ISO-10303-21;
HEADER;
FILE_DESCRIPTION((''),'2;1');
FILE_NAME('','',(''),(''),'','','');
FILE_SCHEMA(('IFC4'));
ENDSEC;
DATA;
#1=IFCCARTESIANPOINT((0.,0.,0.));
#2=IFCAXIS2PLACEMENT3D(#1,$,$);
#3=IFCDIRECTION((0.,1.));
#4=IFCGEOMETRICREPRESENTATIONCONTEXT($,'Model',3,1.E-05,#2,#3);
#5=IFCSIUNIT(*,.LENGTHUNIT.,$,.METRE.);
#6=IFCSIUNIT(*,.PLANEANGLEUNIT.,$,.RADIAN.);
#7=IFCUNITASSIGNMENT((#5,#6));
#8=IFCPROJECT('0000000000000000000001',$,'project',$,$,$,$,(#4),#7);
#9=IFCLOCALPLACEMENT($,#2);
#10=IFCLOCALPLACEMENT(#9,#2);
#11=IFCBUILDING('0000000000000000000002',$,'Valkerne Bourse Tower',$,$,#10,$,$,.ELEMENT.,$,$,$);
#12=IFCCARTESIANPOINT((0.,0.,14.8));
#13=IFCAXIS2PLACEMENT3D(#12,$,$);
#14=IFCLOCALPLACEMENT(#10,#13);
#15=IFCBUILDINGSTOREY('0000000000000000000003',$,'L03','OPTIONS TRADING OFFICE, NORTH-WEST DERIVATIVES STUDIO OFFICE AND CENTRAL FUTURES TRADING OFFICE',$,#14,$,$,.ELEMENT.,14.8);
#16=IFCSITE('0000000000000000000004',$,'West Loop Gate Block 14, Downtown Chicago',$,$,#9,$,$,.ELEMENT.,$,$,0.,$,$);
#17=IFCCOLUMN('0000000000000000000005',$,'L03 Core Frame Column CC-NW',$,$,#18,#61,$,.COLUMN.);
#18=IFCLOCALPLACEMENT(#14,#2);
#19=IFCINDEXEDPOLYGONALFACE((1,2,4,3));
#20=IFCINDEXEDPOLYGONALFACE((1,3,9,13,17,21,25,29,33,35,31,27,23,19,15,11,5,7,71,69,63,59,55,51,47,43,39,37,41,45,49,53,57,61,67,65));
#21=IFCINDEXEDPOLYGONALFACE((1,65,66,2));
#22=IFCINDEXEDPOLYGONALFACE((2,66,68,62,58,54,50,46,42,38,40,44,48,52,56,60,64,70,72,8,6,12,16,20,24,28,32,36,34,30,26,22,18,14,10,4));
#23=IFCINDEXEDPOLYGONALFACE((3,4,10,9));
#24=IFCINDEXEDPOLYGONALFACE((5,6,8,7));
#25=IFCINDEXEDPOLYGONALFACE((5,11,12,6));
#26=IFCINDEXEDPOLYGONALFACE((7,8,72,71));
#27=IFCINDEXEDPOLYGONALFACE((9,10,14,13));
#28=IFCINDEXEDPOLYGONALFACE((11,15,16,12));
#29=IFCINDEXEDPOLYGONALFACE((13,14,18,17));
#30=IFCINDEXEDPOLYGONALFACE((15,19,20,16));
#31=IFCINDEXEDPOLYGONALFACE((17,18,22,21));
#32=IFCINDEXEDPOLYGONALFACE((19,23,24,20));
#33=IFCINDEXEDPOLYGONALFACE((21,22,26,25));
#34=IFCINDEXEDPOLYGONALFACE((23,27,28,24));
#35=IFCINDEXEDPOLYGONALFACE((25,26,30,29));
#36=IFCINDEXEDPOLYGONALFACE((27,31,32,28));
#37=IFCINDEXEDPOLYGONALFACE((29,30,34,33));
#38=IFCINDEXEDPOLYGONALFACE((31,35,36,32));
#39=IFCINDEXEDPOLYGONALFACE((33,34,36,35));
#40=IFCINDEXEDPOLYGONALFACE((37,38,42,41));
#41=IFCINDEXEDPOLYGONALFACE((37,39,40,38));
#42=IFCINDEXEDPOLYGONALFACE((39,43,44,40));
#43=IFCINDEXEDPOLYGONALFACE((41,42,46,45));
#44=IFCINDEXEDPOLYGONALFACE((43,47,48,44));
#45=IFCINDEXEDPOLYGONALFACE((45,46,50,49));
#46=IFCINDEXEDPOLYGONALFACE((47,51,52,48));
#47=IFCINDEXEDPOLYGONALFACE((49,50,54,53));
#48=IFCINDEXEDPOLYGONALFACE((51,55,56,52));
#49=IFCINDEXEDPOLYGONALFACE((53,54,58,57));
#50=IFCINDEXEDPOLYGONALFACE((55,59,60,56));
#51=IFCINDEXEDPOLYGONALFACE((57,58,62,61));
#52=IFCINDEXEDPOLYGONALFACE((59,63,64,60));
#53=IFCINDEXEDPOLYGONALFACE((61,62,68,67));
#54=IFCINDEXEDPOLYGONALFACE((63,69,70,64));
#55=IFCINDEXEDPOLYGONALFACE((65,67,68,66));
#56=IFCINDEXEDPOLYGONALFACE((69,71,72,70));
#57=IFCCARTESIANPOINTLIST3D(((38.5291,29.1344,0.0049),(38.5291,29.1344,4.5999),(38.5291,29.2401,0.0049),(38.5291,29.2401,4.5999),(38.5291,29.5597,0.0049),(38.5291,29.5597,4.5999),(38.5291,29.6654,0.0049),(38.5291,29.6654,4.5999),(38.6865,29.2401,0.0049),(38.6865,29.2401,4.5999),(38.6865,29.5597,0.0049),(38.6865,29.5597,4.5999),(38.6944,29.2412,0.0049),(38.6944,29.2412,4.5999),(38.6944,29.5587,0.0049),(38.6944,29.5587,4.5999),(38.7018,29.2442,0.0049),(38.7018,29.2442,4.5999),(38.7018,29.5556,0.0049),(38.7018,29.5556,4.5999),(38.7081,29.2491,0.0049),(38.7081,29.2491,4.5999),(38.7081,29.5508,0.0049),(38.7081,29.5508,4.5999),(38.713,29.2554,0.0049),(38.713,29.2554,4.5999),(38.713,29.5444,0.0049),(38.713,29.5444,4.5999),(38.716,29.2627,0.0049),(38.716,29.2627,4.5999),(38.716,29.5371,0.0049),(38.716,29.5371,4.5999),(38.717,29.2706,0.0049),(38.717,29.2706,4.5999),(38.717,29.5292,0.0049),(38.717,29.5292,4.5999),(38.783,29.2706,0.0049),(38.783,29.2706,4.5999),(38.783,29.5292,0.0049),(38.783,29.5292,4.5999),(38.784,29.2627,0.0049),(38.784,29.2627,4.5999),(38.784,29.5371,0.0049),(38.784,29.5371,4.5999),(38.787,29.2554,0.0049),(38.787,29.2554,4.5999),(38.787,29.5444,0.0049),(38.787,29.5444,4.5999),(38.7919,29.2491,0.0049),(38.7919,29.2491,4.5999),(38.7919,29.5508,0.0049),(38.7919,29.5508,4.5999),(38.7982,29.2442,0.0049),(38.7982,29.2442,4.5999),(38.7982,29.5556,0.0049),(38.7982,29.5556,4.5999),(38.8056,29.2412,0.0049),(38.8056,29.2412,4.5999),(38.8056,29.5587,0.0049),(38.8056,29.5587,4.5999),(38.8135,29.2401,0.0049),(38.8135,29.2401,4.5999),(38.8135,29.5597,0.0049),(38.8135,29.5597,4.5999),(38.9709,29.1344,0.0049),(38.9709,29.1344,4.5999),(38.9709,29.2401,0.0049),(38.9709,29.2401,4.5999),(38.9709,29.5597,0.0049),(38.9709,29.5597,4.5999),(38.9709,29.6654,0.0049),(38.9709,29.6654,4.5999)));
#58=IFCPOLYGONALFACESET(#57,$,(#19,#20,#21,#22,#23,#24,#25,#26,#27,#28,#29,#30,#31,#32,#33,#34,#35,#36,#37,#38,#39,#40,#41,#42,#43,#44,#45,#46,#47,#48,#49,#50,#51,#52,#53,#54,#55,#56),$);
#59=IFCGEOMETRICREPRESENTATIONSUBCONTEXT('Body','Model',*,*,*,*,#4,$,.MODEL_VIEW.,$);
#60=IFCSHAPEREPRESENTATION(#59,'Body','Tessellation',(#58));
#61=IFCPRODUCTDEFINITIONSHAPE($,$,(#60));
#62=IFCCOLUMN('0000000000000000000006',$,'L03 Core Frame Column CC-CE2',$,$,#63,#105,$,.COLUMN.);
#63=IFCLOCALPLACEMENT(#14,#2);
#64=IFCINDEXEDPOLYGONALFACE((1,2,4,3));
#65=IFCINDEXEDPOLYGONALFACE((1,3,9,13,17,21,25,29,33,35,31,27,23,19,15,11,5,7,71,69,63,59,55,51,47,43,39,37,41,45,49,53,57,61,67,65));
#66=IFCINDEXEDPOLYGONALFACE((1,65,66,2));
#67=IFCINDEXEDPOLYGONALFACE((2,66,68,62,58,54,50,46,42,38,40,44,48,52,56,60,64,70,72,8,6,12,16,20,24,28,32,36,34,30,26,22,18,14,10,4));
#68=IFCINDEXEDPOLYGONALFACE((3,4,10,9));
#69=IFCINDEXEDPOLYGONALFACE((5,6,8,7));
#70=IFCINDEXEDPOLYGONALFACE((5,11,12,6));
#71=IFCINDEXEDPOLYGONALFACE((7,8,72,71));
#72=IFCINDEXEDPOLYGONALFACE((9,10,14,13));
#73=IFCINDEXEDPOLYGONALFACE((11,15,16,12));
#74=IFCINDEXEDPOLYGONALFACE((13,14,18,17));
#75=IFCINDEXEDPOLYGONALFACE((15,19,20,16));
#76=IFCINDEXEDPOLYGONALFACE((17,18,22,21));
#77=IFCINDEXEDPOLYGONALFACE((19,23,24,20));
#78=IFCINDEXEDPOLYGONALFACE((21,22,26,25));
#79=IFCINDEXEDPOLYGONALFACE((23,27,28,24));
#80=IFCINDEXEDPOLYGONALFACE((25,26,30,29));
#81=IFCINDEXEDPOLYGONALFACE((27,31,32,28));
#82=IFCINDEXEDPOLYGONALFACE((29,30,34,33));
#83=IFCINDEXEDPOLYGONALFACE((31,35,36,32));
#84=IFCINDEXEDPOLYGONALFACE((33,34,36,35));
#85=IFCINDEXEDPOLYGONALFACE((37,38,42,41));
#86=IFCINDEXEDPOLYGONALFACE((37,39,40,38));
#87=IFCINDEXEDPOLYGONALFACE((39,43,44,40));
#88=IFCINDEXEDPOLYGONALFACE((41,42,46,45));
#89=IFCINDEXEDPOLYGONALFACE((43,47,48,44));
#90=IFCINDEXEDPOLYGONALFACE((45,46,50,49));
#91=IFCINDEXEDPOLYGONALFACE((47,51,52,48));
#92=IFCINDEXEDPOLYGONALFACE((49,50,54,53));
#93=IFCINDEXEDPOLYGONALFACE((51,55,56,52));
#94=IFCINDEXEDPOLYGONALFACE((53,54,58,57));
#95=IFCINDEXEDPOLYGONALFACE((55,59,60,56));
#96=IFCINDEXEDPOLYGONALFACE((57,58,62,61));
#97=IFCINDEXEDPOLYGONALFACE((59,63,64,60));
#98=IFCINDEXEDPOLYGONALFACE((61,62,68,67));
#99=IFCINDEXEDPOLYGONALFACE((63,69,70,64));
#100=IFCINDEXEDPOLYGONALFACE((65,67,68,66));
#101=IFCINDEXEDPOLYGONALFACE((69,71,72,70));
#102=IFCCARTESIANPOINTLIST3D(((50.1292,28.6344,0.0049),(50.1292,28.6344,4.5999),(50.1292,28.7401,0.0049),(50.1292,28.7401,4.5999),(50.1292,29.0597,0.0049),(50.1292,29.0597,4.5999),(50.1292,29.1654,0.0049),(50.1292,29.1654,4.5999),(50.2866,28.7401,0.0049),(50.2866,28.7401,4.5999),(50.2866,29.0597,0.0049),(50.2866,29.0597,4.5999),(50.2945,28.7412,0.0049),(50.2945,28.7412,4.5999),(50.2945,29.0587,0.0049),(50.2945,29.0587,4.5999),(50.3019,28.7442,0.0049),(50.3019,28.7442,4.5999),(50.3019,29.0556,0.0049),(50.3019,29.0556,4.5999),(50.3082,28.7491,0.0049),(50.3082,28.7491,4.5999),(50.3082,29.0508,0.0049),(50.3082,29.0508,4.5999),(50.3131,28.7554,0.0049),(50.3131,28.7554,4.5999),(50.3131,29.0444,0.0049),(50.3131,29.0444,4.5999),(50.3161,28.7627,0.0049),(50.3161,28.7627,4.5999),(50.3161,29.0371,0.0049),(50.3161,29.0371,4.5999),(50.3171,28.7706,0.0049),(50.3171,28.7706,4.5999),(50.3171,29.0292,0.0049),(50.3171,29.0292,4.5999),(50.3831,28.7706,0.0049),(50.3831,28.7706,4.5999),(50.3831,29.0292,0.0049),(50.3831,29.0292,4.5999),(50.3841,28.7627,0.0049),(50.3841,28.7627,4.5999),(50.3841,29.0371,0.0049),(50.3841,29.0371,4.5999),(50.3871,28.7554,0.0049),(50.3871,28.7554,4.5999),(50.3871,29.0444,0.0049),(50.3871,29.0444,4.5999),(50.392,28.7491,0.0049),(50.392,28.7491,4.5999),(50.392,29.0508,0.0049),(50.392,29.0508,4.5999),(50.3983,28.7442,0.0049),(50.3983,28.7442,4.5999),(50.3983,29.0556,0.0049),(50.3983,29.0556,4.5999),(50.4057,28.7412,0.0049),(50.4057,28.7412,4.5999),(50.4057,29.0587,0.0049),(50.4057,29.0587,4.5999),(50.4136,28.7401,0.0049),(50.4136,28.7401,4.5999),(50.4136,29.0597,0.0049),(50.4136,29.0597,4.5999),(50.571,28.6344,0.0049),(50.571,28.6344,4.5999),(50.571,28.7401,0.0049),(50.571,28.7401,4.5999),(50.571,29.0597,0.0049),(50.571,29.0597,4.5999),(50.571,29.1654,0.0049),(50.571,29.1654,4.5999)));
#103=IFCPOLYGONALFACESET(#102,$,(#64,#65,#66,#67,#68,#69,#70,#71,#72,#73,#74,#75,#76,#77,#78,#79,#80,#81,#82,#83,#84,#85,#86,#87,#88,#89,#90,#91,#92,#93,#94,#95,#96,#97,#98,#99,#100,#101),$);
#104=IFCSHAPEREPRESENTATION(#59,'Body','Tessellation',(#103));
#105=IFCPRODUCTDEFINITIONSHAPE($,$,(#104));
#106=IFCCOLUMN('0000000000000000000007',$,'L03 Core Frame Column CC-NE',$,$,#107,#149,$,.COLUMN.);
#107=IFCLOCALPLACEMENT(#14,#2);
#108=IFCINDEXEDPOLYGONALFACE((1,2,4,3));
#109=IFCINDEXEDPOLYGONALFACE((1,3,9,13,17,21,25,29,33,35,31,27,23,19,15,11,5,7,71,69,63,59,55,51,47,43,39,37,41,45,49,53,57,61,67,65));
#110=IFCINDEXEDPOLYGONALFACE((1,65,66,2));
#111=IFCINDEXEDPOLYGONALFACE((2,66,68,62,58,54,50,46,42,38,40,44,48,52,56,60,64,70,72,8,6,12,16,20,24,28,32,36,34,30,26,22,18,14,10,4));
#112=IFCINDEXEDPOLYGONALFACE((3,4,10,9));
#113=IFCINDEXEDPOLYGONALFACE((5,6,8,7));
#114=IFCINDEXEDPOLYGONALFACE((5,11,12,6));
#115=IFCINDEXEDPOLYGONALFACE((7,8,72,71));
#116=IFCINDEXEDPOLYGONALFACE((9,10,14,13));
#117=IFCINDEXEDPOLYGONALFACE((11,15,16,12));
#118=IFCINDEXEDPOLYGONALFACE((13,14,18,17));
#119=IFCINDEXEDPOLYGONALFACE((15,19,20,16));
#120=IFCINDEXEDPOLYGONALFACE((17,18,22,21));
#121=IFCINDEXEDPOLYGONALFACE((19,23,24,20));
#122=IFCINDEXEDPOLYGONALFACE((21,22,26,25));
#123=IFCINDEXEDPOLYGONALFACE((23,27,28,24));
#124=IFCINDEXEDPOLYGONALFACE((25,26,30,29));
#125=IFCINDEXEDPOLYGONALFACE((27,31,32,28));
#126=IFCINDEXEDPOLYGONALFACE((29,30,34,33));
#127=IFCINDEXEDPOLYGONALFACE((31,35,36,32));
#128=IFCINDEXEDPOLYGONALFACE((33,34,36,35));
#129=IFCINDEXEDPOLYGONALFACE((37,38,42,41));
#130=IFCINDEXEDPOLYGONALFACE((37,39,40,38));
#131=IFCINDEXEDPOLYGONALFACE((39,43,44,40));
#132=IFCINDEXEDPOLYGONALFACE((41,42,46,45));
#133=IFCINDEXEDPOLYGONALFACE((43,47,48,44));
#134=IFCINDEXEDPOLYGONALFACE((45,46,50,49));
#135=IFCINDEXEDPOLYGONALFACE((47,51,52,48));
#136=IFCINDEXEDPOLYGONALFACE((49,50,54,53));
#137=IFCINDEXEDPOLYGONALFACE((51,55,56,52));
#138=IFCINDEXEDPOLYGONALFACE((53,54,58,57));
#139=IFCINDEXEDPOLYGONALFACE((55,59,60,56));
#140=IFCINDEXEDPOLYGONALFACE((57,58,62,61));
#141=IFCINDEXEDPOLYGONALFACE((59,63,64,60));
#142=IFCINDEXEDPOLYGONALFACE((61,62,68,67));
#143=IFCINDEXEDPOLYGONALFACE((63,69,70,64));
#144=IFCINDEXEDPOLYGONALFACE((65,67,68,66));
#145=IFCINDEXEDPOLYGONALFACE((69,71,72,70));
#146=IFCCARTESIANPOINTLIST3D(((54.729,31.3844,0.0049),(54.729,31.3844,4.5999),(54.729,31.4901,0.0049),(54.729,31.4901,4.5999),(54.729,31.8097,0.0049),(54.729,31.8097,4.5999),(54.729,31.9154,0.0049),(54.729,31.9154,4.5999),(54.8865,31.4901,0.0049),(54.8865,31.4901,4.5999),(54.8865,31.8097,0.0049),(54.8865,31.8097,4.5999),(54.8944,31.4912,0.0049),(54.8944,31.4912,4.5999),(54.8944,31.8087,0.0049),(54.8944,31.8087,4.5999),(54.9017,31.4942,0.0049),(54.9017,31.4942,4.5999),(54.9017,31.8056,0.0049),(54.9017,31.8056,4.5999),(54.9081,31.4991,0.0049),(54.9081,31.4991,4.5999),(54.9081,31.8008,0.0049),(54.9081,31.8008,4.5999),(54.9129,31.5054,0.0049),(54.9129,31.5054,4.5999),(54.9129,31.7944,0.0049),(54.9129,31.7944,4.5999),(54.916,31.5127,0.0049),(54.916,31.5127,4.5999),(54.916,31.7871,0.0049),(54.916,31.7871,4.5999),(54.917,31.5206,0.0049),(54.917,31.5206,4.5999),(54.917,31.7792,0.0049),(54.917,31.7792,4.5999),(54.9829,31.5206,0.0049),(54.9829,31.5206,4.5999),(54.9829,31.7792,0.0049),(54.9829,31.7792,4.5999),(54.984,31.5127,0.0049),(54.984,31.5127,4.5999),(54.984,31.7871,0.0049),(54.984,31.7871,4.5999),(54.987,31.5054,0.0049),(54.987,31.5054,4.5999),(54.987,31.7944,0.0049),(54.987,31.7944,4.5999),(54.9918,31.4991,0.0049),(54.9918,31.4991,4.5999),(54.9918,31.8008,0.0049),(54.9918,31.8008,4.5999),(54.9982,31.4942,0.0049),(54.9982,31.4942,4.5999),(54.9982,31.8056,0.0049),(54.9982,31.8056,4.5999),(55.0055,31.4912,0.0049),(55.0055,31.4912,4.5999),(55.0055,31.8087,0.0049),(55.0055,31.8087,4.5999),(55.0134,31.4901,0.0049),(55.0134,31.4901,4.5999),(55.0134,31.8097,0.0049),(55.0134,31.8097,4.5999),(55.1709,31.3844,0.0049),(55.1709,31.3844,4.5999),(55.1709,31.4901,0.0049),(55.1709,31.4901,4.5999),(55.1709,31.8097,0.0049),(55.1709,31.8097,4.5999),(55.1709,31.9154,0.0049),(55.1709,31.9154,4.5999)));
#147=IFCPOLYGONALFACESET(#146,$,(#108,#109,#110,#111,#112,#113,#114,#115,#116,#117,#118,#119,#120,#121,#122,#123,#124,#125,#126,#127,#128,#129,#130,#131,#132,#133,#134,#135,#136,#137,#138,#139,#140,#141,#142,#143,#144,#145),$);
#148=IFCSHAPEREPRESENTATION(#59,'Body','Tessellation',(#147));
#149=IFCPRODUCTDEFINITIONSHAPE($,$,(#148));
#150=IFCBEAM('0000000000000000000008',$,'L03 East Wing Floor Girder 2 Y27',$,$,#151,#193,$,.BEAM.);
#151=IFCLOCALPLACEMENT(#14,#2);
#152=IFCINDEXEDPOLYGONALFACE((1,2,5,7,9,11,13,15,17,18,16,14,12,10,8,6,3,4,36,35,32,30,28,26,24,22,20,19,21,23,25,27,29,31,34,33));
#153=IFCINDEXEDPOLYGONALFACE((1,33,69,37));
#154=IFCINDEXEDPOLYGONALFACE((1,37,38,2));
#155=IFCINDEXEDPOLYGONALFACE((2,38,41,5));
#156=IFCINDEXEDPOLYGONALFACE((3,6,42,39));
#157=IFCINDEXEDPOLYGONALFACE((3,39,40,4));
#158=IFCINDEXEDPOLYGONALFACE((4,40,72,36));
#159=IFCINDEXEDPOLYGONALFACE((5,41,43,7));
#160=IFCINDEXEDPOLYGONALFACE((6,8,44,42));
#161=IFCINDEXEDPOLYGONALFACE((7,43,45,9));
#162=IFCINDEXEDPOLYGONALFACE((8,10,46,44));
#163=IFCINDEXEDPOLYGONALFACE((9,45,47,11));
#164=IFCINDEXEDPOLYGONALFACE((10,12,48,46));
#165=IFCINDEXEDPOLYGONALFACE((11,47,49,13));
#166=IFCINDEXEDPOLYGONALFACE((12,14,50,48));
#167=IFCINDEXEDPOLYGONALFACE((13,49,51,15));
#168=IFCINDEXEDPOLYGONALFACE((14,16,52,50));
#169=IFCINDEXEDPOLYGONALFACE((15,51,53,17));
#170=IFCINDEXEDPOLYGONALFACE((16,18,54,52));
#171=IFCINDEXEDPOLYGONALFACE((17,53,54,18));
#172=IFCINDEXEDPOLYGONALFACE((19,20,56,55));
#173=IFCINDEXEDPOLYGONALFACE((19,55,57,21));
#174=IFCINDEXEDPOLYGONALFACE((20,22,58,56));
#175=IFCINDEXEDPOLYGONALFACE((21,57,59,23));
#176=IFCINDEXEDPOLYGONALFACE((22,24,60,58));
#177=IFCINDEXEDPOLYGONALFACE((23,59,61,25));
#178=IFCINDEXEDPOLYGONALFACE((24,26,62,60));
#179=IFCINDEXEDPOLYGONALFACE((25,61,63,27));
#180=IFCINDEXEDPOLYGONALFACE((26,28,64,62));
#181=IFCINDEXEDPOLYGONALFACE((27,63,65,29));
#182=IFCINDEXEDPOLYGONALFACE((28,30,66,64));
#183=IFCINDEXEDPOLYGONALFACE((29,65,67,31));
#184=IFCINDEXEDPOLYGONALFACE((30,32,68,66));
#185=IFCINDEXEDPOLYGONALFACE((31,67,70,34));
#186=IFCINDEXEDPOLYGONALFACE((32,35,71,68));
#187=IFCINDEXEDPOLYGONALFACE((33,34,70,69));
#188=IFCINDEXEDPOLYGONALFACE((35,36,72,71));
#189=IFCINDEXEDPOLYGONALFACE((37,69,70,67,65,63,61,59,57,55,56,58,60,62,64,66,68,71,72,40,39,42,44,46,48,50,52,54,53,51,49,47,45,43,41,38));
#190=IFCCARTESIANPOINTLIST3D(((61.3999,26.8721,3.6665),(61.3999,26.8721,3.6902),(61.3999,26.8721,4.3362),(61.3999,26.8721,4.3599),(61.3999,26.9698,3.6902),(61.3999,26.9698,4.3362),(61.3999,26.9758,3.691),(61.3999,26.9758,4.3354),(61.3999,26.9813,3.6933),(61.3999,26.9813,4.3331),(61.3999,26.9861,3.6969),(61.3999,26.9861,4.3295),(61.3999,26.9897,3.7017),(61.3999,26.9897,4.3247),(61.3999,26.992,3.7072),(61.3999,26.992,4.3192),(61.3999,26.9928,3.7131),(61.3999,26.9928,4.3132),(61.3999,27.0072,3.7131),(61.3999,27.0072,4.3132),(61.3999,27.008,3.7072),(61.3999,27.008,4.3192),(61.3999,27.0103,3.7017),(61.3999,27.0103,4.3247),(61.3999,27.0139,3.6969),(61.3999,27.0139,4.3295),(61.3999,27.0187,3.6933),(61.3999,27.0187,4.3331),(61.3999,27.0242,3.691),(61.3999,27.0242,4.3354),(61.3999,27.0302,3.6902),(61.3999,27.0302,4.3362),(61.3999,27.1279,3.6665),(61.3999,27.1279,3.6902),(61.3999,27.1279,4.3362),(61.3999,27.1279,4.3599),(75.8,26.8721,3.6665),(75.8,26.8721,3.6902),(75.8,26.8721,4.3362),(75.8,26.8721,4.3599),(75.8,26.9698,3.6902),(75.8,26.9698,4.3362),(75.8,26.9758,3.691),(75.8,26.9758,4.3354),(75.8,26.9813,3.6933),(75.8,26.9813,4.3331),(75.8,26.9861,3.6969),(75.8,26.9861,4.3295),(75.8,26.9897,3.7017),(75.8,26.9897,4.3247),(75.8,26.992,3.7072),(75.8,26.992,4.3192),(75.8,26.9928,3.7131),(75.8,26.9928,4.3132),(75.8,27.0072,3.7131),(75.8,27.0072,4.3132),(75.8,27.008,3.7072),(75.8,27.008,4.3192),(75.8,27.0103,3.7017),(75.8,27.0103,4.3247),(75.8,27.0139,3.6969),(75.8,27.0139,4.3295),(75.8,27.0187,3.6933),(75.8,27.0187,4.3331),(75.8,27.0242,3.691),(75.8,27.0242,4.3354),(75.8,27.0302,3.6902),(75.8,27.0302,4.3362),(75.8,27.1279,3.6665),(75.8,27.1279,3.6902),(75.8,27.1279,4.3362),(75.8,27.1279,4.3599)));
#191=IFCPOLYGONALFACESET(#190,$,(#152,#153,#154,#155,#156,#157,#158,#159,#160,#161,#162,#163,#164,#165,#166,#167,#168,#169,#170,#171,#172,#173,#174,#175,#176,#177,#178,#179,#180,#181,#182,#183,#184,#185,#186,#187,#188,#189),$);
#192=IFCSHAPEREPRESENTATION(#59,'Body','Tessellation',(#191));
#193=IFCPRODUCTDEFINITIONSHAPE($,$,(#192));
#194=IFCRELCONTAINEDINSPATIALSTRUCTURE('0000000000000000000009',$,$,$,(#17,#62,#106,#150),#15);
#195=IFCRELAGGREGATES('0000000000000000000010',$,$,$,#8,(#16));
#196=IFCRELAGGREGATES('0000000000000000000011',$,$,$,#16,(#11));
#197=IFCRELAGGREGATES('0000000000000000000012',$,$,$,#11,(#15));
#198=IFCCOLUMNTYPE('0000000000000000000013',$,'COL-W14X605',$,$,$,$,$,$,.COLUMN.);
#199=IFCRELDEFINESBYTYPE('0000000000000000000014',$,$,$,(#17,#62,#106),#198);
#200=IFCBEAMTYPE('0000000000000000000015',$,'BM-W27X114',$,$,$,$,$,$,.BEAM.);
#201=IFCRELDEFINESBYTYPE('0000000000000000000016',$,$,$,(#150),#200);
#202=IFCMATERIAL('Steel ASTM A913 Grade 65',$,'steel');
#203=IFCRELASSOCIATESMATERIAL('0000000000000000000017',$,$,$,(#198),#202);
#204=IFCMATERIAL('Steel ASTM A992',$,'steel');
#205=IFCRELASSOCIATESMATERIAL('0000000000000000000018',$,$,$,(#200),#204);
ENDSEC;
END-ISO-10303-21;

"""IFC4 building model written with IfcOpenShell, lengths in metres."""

from ifc_helpers import new_model, si_unit, direction, frame, origin, origin_2d, place, context, subcontext, project, spatial, i_section, extrude, material, material_profile, profile_set, type_object, element, save


model = new_model("IFC4")

# Units and contexts
model_context = context("Model", 3, precision=1e-05, world=origin(), true_north=direction((0.0, 1.0)))
body_context = subcontext(model_context, "Body", "Model", "MODEL_VIEW")
ifc_project = project(units=[si_unit("LENGTHUNIT", "METRE"), si_unit("PLANEANGLEUNIT", "RADIAN")], contexts=[model_context])

# Site, building, storey
site_placement = place(None, origin())
site = spatial("IfcSite", under=ifc_project, at=site_placement, Name="West Loop Gate Block 14, Downtown Chicago", CompositionType="ELEMENT", RefElevation=0.0)
building_placement = place(site_placement, origin())
building = spatial("IfcBuilding", under=site, at=building_placement, Name="Valkerne Bourse Tower", CompositionType="ELEMENT")
storey_placement = place(building_placement, frame((0.0, 0.0, 14.8)))
storey = spatial("IfcBuildingStorey", under=building, at=storey_placement, Name="L03", Description="OPTIONS TRADING OFFICE, NORTH-WEST DERIVATIVES STUDIO OFFICE AND CENTRAL FUTURES TRADING OFFICE", CompositionType="ELEMENT", Elevation=14.8)

# Columns
ifc_material_1 = material(Name="Steel ASTM A913 Grade 65", Category="steel")
ifc_material_profile_1 = material_profile(ifc_material_1, i_section(OverallWidth=0.4419, OverallDepth=0.531, WebThickness=0.0659, FlangeThickness=0.1057, FilletRadius=0.0305, at=origin_2d()), Name="W14X605")
ifc_profile_set_1 = profile_set([ifc_material_profile_1], Name="Steel ASTM A913 Grade 65")
column_type = type_object("IfcColumnType", Name="COL-W14X605", PredefinedType="COLUMN", material=ifc_profile_set_1)
for number, where, z_axis, x_axis, name in (
    (1, (38.75, 29.3999, 0.0049), (0.0, 0.0, 1.0), (1.0, 0.0, 0.0), "L03 Core Frame Column CC-NW"),
    (2, (50.3501, 28.8999, 0.0049), (0.0, 0.0, 1.0), (1.0, 0.0, 0.0), "L03 Core Frame Column CC-CE2"),
    (3, (54.95, 31.6499, 0.0049), (0.0, 0.0, 1.0), (1.0, 0.0, 0.0), "L03 Core Frame Column CC-NE"),
):
    element("IfcColumn", number, at=place(storey_placement, frame(where, z_axis=z_axis, x_axis=x_axis)), inside=storey, type_object=column_type, Name=name, PredefinedType="COLUMN", context=body_context, shape_type="SweptSolid", body=[
        extrude(i_section(OverallWidth=0.4419, OverallDepth=0.531, WebThickness=0.0659, FlangeThickness=0.1057, FilletRadius=0.0305, at=origin_2d()), origin(), (0.0, 0.0, 1.0), 4.595),
    ])

# Beam
ifc_material_2 = material(Name="Steel ASTM A992", Category="steel")
ifc_material_profile_2 = material_profile(ifc_material_2, i_section(OverallWidth=0.2559, OverallDepth=0.6934, WebThickness=0.0144, FlangeThickness=0.0237, FilletRadius=0.0229, at=origin_2d()), Name="W27X114")
ifc_profile_set_2 = profile_set([ifc_material_profile_2], Name="Steel ASTM A992")
beam_type = type_object("IfcBeamType", Name="BM-W27X114", PredefinedType="BEAM", material=ifc_profile_set_2)
beam_placement = place(storey_placement, frame((61.3999, 27.0, 4.0132), z_axis=(1.0, 0.0, 0.0), x_axis=(0.0, 1.0, 0.0)))
element("IfcBeam", 4, at=beam_placement, inside=storey, type_object=beam_type, Name="L03 East Wing Floor Girder 2 Y27", PredefinedType="BEAM", context=body_context, shape_type="SweptSolid", body=[
    extrude(i_section(OverallWidth=0.2559, OverallDepth=0.6934, WebThickness=0.0144, FlangeThickness=0.0237, FilletRadius=0.0229, at=origin_2d()), origin(), (0.0, 0.0, 1.0), 14.4001),
])

save(model, "model.ifc")
